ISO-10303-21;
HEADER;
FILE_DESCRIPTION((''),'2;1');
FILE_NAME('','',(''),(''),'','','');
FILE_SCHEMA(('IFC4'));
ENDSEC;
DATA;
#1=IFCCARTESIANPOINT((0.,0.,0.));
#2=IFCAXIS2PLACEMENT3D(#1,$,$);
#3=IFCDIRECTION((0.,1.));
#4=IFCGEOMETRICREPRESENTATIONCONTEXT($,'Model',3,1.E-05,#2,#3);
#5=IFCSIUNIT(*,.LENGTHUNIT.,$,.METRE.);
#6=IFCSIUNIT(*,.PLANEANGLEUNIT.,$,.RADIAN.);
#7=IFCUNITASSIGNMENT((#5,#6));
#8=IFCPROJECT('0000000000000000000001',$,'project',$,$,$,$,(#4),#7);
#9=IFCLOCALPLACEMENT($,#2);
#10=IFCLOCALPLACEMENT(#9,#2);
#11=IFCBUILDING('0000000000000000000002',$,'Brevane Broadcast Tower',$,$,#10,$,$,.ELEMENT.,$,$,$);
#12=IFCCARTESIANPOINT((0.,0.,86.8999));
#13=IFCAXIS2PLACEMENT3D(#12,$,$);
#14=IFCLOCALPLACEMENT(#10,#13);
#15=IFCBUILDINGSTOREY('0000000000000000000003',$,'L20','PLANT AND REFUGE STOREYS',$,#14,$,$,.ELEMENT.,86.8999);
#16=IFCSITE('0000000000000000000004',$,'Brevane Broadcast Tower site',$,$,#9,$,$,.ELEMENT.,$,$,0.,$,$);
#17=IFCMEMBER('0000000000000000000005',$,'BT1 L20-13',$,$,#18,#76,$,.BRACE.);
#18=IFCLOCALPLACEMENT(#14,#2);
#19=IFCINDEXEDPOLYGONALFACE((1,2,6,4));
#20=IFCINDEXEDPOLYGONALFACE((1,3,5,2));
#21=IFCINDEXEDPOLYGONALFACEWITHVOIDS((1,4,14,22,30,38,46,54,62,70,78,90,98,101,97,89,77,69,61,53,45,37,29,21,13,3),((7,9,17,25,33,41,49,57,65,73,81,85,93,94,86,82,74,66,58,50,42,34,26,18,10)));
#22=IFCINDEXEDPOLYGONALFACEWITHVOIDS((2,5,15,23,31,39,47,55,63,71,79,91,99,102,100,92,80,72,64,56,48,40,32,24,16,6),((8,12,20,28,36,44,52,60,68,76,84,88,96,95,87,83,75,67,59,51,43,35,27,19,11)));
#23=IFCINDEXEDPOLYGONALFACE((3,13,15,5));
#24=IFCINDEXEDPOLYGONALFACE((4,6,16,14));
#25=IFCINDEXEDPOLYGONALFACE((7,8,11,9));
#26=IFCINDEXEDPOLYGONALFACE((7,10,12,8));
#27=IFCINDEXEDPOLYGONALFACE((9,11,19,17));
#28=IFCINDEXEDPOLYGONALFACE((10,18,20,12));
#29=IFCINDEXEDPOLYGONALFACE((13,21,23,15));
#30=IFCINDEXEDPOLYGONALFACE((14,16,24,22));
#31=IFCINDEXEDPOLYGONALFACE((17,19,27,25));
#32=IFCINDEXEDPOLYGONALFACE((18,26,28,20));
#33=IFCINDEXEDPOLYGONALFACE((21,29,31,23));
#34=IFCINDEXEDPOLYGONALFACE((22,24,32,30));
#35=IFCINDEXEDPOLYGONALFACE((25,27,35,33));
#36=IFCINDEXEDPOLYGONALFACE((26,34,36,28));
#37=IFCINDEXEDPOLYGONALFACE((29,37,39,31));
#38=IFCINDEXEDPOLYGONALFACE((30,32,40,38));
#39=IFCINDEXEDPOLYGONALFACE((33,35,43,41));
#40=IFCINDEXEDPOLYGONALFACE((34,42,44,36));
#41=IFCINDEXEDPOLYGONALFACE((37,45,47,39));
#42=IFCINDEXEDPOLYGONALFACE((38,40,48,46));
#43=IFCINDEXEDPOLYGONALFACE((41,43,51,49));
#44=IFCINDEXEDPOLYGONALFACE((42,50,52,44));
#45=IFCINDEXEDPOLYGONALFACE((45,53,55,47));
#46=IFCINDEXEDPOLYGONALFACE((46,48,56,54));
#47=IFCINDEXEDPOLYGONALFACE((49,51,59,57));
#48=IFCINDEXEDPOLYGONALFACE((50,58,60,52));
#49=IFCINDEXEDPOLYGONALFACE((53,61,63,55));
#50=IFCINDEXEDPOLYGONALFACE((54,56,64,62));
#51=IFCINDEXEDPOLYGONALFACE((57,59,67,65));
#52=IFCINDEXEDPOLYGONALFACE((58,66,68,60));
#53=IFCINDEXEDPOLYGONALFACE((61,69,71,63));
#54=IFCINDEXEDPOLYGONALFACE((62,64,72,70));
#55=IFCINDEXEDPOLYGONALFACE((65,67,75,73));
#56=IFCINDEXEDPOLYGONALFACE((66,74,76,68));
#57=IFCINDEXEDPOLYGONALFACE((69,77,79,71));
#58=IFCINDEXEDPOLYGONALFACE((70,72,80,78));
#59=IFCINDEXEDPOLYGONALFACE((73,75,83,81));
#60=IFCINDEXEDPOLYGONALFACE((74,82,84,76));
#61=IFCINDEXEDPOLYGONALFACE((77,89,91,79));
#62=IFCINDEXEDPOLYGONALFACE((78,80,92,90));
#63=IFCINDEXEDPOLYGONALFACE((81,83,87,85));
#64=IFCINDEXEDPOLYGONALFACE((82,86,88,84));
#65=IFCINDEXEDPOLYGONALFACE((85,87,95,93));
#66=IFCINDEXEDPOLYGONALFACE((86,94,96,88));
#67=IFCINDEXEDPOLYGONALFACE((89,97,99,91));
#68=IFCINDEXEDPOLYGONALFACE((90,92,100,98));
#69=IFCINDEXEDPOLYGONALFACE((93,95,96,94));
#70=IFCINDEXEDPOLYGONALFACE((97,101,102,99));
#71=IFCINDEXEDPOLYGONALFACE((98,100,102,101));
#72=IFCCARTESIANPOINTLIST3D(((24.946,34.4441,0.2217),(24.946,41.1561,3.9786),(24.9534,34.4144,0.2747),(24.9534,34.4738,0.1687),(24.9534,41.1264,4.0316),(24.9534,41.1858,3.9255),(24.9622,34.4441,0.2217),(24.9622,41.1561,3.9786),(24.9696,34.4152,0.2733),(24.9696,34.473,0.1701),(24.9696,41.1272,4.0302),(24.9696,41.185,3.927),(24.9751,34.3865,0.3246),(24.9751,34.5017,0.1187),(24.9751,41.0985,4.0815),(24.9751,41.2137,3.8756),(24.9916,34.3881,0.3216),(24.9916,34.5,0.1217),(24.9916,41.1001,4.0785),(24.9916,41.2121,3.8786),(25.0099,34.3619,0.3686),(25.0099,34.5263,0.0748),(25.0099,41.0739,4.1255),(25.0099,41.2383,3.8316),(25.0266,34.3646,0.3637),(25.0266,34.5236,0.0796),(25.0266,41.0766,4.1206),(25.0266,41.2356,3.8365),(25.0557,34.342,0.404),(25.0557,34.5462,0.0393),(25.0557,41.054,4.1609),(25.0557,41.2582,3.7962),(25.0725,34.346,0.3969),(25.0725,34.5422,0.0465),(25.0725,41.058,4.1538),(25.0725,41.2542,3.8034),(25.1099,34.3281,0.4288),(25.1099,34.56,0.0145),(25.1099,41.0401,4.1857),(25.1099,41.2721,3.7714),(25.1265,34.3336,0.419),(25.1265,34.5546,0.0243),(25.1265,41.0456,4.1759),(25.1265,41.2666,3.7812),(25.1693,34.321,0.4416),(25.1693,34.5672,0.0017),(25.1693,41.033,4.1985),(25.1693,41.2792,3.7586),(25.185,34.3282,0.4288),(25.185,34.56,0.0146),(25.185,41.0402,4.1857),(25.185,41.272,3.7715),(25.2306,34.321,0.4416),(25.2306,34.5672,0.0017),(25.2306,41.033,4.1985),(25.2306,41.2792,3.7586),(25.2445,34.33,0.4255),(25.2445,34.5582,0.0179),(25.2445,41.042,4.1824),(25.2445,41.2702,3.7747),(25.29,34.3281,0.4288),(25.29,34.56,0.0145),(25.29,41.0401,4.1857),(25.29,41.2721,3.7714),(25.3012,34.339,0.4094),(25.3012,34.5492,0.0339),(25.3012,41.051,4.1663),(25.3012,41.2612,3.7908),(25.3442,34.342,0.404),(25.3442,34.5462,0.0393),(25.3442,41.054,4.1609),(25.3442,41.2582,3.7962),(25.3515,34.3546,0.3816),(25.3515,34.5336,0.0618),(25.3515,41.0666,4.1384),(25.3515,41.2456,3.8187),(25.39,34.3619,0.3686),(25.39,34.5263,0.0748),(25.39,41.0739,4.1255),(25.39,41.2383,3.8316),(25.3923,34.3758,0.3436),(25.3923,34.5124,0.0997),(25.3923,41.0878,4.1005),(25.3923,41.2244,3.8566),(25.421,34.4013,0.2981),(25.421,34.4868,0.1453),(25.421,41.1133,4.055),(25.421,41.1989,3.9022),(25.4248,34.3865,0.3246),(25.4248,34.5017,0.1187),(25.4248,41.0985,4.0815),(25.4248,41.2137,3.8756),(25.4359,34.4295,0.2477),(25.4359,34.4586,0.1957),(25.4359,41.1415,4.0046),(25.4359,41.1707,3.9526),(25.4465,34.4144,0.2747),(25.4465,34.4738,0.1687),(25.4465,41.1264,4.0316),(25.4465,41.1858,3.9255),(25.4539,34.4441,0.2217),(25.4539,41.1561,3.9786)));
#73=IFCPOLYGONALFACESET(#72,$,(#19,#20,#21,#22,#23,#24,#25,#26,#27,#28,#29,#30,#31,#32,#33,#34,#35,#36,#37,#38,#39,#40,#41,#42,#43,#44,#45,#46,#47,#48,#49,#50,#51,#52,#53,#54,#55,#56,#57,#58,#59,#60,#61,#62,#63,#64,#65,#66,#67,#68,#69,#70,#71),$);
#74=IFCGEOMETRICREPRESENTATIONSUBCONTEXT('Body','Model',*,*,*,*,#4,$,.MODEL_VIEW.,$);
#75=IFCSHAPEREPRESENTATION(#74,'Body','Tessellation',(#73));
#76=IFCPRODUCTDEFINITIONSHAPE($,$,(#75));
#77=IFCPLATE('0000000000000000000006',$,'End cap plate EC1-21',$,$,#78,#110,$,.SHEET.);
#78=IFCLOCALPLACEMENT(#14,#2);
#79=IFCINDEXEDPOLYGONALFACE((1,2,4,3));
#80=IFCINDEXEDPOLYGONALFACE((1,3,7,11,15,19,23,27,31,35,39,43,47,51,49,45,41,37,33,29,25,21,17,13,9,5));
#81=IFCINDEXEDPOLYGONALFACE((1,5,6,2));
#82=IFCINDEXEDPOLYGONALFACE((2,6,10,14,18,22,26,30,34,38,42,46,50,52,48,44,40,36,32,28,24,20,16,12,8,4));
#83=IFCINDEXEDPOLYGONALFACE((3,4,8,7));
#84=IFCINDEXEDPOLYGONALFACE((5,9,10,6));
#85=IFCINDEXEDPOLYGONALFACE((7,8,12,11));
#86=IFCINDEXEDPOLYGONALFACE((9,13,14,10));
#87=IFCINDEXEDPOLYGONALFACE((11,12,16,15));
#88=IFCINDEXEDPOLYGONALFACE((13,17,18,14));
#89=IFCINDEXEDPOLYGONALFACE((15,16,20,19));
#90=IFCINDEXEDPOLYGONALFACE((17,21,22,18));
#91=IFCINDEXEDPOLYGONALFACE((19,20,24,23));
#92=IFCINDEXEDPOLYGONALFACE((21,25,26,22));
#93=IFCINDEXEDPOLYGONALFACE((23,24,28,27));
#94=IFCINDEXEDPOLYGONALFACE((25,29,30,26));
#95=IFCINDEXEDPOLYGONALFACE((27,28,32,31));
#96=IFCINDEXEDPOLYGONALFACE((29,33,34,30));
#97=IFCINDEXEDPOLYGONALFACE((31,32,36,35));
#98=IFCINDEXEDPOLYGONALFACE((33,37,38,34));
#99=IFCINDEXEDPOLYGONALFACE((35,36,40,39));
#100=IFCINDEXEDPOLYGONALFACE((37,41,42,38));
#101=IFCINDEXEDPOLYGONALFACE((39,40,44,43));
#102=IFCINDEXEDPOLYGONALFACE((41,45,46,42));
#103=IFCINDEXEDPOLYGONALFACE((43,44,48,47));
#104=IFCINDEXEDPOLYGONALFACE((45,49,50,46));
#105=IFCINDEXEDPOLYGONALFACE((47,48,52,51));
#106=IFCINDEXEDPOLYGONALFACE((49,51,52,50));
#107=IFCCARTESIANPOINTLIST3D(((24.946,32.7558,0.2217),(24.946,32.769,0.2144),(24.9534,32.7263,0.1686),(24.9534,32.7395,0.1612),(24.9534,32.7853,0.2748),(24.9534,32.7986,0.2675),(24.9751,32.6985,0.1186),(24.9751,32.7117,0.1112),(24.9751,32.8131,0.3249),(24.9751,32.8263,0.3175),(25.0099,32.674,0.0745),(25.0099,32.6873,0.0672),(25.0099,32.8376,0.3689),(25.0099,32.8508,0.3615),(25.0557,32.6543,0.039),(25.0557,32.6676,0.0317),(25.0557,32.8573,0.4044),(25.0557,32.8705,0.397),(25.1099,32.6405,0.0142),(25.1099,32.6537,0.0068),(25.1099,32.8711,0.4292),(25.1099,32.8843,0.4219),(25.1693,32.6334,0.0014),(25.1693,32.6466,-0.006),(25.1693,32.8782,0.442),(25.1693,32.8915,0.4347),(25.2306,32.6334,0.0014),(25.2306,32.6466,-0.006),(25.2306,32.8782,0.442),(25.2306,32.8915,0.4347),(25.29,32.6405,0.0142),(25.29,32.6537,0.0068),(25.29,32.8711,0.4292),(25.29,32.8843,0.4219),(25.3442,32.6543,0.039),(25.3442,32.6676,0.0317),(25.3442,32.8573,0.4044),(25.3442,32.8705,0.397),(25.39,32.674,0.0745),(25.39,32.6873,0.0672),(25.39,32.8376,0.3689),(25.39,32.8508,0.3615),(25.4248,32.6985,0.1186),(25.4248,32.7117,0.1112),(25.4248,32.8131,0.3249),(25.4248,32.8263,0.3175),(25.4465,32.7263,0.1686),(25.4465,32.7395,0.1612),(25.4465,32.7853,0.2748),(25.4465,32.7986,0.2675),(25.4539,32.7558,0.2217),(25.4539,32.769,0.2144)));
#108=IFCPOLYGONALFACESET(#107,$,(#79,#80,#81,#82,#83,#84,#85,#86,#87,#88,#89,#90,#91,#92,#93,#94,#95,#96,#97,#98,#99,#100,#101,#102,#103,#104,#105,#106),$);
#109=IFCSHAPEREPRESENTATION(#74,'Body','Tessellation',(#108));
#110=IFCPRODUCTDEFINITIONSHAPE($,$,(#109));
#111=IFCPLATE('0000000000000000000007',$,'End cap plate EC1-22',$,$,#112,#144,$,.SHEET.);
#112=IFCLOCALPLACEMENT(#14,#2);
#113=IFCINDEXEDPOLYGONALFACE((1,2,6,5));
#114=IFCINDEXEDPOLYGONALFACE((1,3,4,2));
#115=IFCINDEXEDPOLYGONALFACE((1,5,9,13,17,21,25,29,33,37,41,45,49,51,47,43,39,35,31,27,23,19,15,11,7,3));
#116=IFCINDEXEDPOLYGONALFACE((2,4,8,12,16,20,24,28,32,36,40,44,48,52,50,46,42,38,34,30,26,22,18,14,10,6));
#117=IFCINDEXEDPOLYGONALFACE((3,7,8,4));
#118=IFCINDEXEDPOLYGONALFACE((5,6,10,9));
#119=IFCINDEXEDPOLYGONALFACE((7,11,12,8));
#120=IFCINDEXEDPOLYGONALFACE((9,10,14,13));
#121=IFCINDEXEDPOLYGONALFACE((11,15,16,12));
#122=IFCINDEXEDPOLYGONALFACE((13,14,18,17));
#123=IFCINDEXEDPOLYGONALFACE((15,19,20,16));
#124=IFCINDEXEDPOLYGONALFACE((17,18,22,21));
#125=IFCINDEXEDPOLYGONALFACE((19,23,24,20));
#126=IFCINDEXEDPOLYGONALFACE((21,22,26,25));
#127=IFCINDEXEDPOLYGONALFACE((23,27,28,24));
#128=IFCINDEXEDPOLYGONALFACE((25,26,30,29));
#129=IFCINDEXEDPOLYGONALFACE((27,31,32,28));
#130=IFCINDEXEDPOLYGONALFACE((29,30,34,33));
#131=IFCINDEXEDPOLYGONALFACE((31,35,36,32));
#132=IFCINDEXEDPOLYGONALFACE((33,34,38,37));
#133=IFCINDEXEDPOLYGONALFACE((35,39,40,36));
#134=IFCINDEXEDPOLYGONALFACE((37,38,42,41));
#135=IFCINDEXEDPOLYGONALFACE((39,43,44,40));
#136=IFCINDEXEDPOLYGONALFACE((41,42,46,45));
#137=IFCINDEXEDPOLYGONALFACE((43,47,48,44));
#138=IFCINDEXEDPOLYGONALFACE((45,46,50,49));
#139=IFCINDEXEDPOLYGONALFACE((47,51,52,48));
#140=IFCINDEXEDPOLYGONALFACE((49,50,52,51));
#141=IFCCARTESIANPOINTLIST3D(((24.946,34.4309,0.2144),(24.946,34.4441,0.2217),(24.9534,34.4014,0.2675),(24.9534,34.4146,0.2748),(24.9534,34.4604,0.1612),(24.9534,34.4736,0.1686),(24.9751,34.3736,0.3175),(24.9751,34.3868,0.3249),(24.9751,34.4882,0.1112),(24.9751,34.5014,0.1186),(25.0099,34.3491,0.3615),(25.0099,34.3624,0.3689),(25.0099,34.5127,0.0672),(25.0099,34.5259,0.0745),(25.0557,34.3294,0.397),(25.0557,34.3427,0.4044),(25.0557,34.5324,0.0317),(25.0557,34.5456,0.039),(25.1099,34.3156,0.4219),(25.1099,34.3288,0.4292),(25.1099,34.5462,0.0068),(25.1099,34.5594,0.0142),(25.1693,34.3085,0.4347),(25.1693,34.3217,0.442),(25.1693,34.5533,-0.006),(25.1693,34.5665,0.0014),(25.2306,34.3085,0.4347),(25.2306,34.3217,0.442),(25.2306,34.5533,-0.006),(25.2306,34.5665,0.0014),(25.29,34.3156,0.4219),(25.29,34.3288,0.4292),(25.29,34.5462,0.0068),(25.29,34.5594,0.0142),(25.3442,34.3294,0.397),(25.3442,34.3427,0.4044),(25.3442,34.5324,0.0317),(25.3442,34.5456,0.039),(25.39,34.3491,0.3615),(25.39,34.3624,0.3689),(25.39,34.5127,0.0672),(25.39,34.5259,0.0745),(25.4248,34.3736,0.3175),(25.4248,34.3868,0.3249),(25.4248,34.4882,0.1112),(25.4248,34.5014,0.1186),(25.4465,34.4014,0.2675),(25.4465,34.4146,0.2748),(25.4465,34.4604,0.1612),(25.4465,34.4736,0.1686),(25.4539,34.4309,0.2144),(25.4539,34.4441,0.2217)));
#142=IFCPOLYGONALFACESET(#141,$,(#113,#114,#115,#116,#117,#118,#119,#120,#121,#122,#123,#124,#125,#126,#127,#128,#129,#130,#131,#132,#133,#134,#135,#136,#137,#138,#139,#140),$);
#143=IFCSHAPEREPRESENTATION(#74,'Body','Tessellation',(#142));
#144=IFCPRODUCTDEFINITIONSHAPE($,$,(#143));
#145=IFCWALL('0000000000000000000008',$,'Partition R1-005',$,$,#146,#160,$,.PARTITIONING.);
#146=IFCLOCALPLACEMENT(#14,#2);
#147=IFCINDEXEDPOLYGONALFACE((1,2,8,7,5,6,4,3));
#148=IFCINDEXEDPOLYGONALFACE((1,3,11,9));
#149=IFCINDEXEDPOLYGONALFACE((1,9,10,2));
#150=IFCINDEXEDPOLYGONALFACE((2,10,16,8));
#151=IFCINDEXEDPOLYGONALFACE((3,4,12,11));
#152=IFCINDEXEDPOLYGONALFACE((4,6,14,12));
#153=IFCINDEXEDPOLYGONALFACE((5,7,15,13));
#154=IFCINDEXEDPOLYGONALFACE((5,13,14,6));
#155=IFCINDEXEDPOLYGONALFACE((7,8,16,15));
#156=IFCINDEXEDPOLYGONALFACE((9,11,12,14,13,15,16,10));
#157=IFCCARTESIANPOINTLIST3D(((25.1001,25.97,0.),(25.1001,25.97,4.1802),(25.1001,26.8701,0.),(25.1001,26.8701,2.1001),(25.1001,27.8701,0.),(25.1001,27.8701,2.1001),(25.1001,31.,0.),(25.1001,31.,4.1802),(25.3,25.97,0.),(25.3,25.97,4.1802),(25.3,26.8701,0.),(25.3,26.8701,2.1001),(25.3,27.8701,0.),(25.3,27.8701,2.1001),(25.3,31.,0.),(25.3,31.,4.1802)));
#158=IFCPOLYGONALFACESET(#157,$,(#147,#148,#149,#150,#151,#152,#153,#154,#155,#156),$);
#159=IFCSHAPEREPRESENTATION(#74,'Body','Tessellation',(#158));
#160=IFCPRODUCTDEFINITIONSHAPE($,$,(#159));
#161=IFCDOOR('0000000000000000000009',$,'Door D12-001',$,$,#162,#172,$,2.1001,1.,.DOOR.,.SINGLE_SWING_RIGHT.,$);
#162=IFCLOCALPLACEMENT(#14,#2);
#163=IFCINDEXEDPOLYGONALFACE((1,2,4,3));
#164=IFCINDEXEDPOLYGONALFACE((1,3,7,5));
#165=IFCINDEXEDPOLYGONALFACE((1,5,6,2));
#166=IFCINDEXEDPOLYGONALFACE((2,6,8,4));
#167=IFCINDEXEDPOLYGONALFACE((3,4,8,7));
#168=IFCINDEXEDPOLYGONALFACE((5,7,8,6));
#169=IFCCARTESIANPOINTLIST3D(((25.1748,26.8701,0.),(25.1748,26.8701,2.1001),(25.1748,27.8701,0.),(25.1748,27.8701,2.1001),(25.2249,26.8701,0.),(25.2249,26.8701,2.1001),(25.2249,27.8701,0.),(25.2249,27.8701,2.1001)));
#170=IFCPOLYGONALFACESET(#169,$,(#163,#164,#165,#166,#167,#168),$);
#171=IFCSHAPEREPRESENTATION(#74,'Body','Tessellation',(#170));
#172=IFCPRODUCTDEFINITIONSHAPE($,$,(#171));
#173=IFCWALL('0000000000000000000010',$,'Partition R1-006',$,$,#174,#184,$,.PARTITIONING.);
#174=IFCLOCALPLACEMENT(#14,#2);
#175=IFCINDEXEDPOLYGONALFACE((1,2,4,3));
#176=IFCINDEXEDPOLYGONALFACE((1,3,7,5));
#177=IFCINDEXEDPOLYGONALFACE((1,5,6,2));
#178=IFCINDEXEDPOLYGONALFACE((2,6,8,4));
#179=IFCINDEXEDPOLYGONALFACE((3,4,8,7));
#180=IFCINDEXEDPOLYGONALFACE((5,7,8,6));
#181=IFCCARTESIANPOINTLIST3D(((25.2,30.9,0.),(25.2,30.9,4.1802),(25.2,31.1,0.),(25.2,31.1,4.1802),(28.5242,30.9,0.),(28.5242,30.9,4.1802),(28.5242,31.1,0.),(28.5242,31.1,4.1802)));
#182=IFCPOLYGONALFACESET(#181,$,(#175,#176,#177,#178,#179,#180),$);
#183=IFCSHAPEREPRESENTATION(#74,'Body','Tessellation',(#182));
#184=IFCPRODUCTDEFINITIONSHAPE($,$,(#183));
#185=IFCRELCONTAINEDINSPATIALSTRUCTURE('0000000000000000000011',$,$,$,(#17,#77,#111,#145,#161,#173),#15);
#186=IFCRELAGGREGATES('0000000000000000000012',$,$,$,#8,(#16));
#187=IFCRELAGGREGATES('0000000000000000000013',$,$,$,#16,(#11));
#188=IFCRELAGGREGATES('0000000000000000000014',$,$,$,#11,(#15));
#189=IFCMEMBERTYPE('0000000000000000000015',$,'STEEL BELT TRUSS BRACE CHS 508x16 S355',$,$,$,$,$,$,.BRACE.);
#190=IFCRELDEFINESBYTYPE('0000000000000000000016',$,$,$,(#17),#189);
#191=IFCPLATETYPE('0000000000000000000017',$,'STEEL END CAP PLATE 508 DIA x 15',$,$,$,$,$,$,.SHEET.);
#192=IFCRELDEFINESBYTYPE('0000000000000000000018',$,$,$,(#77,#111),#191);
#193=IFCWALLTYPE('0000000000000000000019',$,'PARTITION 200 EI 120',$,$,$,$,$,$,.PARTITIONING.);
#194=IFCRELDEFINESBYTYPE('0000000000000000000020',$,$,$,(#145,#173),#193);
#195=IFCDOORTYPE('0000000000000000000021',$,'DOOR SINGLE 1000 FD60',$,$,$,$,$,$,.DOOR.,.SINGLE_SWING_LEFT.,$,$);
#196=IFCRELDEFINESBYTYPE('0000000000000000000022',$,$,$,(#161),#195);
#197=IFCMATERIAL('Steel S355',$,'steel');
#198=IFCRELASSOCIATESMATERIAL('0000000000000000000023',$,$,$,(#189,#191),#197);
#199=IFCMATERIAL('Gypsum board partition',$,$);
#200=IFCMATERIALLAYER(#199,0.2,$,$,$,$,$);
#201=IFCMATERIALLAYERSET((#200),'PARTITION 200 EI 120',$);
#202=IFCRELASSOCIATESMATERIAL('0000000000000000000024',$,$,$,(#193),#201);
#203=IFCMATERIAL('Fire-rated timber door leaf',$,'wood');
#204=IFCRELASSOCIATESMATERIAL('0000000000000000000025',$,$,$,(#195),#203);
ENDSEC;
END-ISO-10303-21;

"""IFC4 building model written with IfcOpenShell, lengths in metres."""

from ifc_helpers import new_model, si_unit, direction, frame, frame_2d, origin, origin_2d, place, context, subcontext, project, spatial, polyline, rectangle, circle, hollow_circle, outline, extrude, material, layer, layer_set, material_profile, profile_set, type_object, element, fill, save


model = new_model("IFC4")

# Units and contexts
model_context = context("Model", 3, precision=1e-05, world=origin(), true_north=direction((0.0, 1.0)))
body_context = subcontext(model_context, "Body", "Model", "MODEL_VIEW")
ifc_project = project(units=[si_unit("LENGTHUNIT", "METRE"), si_unit("PLANEANGLEUNIT", "RADIAN")], contexts=[model_context])

# Site, building, storey
site_placement = place(None, origin())
site = spatial("IfcSite", under=ifc_project, at=site_placement, Name="Brevane Broadcast Tower site", CompositionType="ELEMENT", RefElevation=0.0)
building_placement = place(site_placement, origin())
building = spatial("IfcBuilding", under=site, at=building_placement, Name="Brevane Broadcast Tower", CompositionType="ELEMENT")
storey_placement = place(building_placement, frame((0.0, 0.0, 86.8999)))
storey = spatial("IfcBuildingStorey", under=building, at=storey_placement, Name="L20", Description="PLANT AND REFUGE STOREYS", CompositionType="ELEMENT", Elevation=86.8999)

# Member
ifc_material_1 = material(Name="Steel S355", Category="steel")
ifc_material_profile_1 = material_profile(ifc_material_1, hollow_circle(Radius=0.2539, WallThickness=0.0161, at=origin_2d()), Name="CHS 508x16")
ifc_profile_set_1 = profile_set([ifc_material_profile_1], Name="Steel S355")
member_type_1 = type_object("IfcMemberType", Name="STEEL BELT TRUSS BRACE CHS 508x16 S355", PredefinedType="BRACE", material=ifc_profile_set_1)
for number, where, z_axis, x_axis, name in (
    (1, (25.2, 34.4441, 0.2217), (0.0, 0.872608, 0.488422), (-1.0, 0.0, 0.0), "BT1 L20-13"),
):
    element("IfcMember", number, at=place(storey_placement, frame(where, z_axis=z_axis, x_axis=x_axis)), inside=storey, type_object=member_type_1, Name=name, PredefinedType="BRACE", context=body_context, shape_type="SweptSolid", body=[
        extrude(hollow_circle(Radius=0.2539, WallThickness=0.0161, at=origin_2d()), origin(), (0.0, 0.0, 1.0), 7.6919),
    ])

# Plates
ifc_material_profile_2 = material_profile(ifc_material_1, circle(Radius=0.2539, at=origin_2d()), Name="PL 508 DIA x 15")
ifc_profile_set_2 = profile_set([ifc_material_profile_2], Name="Steel S355")
plate_type = type_object("IfcPlateType", Name="STEEL END CAP PLATE 508 DIA x 15", PredefinedType="SHEET", material=ifc_profile_set_2)
for number, where, z_axis, x_axis, name in (
    (2, (25.2, 32.769, 0.2144), (0.0, -0.874157, 0.485643), (1.0, 0.0, 0.0), "End cap plate EC1-21"),
    (3, (25.2, 34.4309, 0.2144), (0.0, 0.874157, 0.485643), (-1.0, 0.0, 0.0), "End cap plate EC1-22"),
):
    element("IfcPlate", number, at=place(storey_placement, frame(where, z_axis=z_axis, x_axis=x_axis)), inside=storey, type_object=plate_type, Name=name, PredefinedType="SHEET", context=body_context, shape_type="SweptSolid", body=[
        extrude(circle(Radius=0.2539, at=origin_2d()), origin(), (0.0, 0.0, 1.0), 0.0151),
    ])

# Wall, opening, door
ifc_material_2 = material(Name="Gypsum board partition")
ifc_layer = layer(ifc_material_2, 0.2)
ifc_layer_set = layer_set([ifc_layer], Name="PARTITION 200 EI 120")
wall_type = type_object("IfcWallType", Name="PARTITION 200 EI 120", PredefinedType="PARTITIONING", material=ifc_layer_set)
wall_1_placement = place(storey_placement, frame((25.2, 31.0, 0.0), z_axis=(0.0, 0.0, 1.0), x_axis=(0.0, -1.0, 0.0)))
wall_1 = element("IfcWall", 4, at=wall_1_placement, inside=storey, type_object=wall_type, Name="Partition R1-005", PredefinedType="PARTITIONING", context=body_context, shape_type="SweptSolid", body=[
    extrude(outline(polyline([(0.0, 0.0), (5.03, 0.0), (5.03, 4.1802), (0.0, 4.1802), (0.0, 0.0)])), frame((0.0, 0.1001, 0.0), z_axis=(0.0, -1.0, 0.0), x_axis=(1.0, 0.0, 0.0)), (0.0, 0.0, 1.0), 0.2),
])
opening_placement = place(wall_1_placement, frame((3.1299, 0.0, 0.0)))
opening = element("IfcOpeningElement", 5, at=opening_placement, cuts=wall_1, PredefinedType="OPENING", context=body_context, shape_type="SweptSolid", body=[
    extrude(rectangle(XDim=1.0, YDim=2.1001, at=frame_2d((0.5, 1.05))), frame((0.0, 0.1099, 0.0), z_axis=(0.0, -1.0, 0.0), x_axis=(1.0, 0.0, 0.0)), (0.0, 0.0, 1.0), 0.22),
])
ifc_material_3 = material(Name="Fire-rated timber door leaf", Category="wood")
door_type = type_object("IfcDoorType", Name="DOOR SINGLE 1000 FD60", OperationType="SINGLE_SWING_LEFT", PredefinedType="DOOR", material=ifc_material_3)
door_placement = place(opening_placement, origin())
door = element("IfcDoor", 6, at=door_placement, inside=storey, type_object=door_type, Name="Door D12-001", OperationType="SINGLE_SWING_RIGHT", OverallHeight=2.1001, OverallWidth=1.0, PredefinedType="DOOR", context=body_context, shape_type="SweptSolid", body=[
    extrude(rectangle(XDim=1.0, YDim=2.1001, at=frame_2d((0.5, 1.05))), frame((0.0, 0.0249, 0.0), z_axis=(0.0, -1.0, 0.0), x_axis=(1.0, 0.0, 0.0)), (0.0, 0.0, 1.0), 0.05),
])
fill(opening, door)

# Wall
wall_2_placement = place(storey_placement, frame((25.2, 31.0, 0.0), z_axis=(0.0, 0.0, 1.0), x_axis=(1.0, 0.0, 0.0)))
element("IfcWall", 7, at=wall_2_placement, inside=storey, type_object=wall_type, Name="Partition R1-006", PredefinedType="PARTITIONING", context=body_context, shape_type="SweptSolid", body=[
    extrude(rectangle(XDim=3.3242, YDim=0.2, at=frame_2d((1.6621, 0.0))), origin(), (0.0, 0.0, 1.0), 4.1802),
])

save(model, "model.ifc")
